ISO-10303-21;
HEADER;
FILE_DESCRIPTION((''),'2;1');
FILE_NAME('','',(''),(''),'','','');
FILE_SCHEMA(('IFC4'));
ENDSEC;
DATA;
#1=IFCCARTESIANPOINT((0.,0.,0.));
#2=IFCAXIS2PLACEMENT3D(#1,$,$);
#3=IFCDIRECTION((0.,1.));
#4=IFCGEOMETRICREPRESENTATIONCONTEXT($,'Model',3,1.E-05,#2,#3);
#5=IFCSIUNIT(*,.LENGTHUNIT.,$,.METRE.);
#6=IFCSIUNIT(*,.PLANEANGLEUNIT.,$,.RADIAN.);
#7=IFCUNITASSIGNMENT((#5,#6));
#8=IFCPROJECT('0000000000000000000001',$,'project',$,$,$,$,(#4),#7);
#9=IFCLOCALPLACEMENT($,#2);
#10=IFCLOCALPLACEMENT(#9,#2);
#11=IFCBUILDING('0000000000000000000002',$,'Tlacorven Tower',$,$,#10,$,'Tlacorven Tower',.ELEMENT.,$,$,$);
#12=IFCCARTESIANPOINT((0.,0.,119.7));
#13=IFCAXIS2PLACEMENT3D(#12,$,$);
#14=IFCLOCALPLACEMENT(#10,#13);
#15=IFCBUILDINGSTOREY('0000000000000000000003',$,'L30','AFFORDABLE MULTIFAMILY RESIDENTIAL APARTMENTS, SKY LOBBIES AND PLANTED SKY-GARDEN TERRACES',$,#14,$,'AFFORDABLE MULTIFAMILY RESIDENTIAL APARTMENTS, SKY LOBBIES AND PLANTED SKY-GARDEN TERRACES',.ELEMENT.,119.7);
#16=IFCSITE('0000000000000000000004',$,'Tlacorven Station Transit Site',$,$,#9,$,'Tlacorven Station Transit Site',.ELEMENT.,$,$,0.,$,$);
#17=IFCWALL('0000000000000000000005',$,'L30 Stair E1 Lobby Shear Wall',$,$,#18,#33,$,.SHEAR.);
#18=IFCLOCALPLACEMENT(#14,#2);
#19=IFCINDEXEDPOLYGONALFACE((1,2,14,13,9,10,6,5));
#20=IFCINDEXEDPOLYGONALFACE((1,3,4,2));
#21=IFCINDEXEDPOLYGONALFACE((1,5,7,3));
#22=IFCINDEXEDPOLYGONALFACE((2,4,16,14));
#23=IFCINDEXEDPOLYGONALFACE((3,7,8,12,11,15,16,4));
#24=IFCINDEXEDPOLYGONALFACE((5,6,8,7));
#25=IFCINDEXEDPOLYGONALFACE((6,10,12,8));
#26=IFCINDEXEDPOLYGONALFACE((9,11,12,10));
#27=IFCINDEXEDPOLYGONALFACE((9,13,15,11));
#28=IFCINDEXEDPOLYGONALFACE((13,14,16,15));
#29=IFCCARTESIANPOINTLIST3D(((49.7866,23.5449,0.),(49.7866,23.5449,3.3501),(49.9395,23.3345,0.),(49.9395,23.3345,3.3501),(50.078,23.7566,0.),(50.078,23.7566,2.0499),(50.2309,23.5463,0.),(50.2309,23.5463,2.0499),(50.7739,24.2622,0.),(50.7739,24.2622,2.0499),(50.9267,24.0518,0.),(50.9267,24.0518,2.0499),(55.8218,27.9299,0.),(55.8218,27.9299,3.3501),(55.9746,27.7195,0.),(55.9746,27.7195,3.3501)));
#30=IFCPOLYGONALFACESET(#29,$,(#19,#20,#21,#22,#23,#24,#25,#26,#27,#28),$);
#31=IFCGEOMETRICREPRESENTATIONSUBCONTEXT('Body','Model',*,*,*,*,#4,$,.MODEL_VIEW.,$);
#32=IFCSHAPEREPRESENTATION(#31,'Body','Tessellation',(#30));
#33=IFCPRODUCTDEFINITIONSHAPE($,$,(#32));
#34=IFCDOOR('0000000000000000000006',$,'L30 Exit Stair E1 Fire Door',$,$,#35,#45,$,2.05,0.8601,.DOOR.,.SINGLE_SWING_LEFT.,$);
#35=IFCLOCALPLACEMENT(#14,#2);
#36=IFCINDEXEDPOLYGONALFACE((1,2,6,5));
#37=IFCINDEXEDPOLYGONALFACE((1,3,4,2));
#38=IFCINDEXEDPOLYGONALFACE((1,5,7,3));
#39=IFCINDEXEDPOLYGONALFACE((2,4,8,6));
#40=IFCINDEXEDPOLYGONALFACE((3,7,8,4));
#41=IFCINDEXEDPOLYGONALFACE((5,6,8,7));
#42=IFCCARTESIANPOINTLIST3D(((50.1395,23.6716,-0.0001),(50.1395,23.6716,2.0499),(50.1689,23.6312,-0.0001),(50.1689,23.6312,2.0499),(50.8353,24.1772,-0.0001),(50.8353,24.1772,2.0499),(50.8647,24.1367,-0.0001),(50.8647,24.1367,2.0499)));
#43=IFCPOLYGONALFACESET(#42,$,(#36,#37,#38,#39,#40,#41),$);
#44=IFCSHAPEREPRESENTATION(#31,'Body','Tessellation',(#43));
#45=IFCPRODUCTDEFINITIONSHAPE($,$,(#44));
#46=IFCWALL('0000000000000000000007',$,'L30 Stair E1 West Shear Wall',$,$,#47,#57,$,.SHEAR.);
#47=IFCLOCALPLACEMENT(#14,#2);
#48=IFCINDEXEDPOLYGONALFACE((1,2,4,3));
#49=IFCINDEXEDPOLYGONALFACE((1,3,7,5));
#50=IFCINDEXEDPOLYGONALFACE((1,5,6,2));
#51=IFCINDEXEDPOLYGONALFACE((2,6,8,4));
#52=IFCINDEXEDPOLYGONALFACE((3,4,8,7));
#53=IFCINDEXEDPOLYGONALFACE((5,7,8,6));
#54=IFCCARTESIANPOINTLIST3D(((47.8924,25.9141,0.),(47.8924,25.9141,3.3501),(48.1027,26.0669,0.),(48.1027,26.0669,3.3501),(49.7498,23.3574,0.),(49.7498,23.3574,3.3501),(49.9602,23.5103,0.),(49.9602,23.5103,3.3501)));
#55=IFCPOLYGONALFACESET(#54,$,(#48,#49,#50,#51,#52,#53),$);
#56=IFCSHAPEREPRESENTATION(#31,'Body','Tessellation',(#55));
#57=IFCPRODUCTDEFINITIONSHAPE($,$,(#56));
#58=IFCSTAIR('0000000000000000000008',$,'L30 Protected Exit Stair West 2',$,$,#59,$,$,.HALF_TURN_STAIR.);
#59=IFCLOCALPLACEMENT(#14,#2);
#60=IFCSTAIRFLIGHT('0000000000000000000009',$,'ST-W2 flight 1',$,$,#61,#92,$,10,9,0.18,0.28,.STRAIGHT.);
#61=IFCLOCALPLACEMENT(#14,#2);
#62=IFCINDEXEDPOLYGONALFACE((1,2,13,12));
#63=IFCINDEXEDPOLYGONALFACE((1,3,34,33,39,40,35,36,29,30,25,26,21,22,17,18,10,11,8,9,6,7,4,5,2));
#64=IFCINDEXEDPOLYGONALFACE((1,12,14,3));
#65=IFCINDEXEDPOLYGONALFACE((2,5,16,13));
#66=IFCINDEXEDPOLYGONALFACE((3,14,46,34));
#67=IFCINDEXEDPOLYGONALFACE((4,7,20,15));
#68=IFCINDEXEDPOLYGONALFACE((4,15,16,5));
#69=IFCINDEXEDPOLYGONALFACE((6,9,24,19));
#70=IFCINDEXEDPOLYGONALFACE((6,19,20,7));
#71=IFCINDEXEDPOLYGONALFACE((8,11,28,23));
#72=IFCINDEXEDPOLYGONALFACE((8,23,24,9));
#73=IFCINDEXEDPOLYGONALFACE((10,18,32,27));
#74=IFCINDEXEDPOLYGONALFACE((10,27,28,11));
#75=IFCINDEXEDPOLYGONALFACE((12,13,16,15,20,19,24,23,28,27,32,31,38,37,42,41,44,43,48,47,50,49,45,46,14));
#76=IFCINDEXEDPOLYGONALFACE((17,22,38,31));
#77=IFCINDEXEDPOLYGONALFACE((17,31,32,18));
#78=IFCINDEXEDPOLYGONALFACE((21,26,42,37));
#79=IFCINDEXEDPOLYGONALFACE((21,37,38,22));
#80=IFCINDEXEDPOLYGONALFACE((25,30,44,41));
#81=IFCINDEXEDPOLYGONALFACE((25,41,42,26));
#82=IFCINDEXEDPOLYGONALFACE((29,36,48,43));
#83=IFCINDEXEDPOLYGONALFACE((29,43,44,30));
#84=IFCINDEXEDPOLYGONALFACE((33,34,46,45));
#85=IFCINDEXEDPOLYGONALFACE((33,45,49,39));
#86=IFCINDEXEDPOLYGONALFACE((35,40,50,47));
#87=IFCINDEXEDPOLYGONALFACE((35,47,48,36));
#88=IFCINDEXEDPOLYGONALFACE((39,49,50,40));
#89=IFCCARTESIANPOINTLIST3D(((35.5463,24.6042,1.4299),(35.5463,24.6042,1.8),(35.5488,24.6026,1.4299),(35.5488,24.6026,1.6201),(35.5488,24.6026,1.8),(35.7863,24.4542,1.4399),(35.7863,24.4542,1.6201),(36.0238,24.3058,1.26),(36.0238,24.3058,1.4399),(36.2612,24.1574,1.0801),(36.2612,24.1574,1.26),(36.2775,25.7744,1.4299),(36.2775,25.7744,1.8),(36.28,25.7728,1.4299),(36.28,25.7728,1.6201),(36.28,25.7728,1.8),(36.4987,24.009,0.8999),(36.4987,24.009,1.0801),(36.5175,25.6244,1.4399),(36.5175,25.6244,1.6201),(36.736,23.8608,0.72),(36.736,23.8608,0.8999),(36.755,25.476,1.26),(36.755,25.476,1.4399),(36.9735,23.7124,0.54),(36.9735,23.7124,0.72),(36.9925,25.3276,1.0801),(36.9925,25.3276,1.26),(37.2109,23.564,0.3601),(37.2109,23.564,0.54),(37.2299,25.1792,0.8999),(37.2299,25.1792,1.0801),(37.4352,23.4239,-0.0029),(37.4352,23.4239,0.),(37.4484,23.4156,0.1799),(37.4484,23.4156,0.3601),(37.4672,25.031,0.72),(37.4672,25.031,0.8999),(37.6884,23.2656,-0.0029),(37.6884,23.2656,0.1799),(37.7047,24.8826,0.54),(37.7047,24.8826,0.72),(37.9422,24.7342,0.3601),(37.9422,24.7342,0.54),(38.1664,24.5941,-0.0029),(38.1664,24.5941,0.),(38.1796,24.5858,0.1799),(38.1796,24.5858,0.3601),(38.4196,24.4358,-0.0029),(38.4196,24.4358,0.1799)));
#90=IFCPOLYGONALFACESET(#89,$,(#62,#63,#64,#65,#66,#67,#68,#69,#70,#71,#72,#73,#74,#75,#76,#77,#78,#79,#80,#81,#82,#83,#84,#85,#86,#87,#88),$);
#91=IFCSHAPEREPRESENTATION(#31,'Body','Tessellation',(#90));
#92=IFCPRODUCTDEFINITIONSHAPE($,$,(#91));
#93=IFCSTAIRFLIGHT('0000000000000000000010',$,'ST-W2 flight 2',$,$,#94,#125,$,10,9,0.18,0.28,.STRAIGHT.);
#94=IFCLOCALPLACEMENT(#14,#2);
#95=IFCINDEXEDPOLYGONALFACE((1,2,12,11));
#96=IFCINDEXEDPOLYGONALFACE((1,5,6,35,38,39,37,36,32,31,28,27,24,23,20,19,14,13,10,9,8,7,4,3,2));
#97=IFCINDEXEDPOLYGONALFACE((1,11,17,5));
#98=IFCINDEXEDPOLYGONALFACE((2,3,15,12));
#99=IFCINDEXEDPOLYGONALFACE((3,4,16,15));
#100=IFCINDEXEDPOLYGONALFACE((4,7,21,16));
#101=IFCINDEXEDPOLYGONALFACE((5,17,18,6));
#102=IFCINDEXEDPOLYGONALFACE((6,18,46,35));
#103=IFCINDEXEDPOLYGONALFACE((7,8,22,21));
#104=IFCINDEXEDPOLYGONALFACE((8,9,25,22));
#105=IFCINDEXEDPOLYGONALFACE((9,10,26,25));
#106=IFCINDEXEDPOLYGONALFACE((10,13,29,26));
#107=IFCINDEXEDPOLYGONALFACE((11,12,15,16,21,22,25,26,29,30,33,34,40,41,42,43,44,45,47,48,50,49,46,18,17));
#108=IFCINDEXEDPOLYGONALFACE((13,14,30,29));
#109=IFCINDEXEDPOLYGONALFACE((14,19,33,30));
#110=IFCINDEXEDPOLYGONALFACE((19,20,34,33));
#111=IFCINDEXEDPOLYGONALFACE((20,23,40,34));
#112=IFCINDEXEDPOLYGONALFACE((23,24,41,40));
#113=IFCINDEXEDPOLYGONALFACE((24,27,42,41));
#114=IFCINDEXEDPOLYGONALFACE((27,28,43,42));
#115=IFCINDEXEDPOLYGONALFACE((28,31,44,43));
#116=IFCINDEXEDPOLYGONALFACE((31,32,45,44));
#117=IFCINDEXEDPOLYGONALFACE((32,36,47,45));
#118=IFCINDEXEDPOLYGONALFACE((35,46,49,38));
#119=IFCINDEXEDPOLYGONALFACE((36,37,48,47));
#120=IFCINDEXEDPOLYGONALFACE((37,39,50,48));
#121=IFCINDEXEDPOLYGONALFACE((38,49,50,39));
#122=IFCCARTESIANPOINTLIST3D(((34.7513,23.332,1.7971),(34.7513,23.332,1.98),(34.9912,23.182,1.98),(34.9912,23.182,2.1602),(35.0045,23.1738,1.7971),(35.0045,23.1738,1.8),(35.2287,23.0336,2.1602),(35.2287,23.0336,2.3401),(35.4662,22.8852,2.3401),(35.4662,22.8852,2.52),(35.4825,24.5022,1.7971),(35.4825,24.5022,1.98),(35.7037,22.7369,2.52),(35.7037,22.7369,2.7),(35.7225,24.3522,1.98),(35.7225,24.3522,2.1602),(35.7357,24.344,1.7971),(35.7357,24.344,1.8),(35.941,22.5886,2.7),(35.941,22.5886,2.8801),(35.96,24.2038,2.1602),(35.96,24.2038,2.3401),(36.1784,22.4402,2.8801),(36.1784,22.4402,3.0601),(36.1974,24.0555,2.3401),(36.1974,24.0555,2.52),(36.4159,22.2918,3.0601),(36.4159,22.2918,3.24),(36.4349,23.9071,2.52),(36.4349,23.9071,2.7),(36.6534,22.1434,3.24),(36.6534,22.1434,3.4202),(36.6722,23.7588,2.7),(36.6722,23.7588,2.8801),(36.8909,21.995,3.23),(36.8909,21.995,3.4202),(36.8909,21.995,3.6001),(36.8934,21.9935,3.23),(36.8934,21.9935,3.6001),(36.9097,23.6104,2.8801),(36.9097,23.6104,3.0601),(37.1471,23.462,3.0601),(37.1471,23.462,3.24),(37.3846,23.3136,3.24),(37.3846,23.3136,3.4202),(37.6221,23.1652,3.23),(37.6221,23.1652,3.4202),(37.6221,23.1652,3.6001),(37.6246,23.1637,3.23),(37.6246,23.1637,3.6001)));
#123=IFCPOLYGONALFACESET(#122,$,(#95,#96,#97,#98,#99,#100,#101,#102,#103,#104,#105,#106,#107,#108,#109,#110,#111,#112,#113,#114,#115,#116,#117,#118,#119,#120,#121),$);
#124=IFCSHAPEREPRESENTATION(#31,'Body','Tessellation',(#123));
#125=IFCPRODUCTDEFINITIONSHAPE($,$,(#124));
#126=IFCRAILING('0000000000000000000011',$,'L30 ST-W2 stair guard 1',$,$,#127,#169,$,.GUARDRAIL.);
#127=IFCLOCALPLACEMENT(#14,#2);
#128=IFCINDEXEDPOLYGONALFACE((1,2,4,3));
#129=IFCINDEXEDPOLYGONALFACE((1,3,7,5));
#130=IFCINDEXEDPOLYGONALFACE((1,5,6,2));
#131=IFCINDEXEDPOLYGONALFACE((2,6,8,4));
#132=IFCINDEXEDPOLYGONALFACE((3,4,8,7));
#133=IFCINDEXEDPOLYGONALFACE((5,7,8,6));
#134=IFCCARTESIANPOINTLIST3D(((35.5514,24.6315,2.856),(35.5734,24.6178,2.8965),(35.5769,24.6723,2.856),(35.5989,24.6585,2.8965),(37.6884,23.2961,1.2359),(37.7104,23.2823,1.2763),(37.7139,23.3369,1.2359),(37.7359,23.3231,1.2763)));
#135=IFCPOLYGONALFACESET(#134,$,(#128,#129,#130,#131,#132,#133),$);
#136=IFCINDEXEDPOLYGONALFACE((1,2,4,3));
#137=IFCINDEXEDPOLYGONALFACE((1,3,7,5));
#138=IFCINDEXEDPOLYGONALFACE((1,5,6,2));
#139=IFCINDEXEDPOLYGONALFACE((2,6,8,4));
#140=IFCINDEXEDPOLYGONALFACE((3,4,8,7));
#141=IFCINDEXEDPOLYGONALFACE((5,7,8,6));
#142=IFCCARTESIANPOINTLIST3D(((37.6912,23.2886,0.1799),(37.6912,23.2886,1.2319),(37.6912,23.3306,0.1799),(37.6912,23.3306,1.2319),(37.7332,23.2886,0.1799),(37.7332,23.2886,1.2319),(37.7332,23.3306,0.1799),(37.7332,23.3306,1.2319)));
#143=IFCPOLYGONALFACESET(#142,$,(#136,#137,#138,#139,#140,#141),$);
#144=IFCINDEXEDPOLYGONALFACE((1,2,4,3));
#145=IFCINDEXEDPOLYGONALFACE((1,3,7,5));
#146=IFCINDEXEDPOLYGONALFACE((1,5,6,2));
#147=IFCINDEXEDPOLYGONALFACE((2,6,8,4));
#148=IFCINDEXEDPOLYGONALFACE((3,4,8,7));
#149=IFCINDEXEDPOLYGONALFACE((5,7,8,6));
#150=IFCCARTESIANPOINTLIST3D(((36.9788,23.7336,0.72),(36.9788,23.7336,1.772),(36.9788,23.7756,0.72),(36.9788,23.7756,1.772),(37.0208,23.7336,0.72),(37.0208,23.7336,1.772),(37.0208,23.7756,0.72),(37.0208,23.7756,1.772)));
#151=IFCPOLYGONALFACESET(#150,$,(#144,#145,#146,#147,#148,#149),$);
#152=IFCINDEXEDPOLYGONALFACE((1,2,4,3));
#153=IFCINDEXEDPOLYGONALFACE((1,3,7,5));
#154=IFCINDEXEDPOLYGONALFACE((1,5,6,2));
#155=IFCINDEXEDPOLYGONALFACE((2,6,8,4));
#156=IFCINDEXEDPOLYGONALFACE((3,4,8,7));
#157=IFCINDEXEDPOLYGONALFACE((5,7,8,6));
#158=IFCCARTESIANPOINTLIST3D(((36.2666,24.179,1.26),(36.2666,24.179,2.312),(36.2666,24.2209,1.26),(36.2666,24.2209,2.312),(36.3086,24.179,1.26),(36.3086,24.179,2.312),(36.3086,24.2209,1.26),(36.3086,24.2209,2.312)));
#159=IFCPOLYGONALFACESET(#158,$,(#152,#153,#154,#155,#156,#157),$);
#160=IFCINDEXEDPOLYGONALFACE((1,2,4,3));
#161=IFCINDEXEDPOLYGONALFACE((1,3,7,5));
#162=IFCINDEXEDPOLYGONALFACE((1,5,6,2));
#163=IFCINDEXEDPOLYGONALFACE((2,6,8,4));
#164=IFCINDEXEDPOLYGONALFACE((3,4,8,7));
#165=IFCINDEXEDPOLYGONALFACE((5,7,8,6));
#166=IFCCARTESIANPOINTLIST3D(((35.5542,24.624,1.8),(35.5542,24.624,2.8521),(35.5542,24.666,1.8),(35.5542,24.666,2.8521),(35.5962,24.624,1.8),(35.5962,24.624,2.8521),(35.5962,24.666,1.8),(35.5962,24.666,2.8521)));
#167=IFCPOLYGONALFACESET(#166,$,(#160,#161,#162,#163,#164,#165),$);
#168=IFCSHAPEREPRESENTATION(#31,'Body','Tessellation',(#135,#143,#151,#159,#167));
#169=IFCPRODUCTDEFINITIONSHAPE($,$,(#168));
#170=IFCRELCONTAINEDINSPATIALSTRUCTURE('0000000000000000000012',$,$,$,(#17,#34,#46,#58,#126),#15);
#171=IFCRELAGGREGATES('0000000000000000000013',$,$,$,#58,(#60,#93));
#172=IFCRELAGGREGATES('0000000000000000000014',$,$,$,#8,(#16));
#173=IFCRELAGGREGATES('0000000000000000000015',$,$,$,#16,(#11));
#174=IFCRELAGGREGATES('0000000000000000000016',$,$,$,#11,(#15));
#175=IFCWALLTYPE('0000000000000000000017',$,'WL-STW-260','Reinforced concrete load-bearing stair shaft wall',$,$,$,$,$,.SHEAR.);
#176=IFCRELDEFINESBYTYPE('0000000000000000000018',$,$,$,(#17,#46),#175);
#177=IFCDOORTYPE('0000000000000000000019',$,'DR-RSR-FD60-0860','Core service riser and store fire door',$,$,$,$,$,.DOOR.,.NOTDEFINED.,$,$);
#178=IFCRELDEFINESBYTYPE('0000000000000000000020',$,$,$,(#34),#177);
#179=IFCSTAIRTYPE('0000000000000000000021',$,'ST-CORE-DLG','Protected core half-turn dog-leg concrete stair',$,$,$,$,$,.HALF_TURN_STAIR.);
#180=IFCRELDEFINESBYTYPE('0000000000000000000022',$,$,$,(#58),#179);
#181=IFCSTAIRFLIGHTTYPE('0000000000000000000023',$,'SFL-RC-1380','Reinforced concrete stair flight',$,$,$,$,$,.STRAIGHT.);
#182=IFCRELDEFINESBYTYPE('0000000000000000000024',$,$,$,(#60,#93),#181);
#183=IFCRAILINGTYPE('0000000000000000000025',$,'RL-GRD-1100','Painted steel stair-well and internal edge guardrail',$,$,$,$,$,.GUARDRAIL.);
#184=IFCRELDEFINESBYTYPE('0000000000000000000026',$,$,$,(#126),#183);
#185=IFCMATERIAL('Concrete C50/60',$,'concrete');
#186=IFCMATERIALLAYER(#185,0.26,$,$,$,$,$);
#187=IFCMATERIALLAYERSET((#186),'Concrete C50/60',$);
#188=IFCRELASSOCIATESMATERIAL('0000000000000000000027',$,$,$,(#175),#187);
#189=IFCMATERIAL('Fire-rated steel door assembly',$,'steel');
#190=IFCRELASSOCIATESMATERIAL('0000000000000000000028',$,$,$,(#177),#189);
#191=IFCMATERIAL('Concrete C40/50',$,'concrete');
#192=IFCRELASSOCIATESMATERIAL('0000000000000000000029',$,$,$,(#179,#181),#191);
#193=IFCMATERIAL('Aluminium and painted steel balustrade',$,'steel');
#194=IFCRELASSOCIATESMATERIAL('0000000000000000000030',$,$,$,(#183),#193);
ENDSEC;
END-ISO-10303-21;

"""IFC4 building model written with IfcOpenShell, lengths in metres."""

from ifc_helpers import new_model, si_unit, direction, frame, frame_2d, origin, origin_2d, place, context, subcontext, project, spatial, polyline, rectangle, outline, extrude, source, transform, mapped, material, layer, layer_set, type_object, element, fill, aggregate, save


model = new_model("IFC4")

# Units and contexts
model_context = context("Model", 3, precision=1e-05, world=origin(), true_north=direction((0.0, 1.0)))
body_context = subcontext(model_context, "Body", "Model", "MODEL_VIEW")
ifc_project = project(units=[si_unit("LENGTHUNIT", "METRE"), si_unit("PLANEANGLEUNIT", "RADIAN")], contexts=[model_context])

# Site, building, storey
site_placement = place(None, origin())
site = spatial("IfcSite", under=ifc_project, at=site_placement, Name="Tlacorven Station Transit Site", LongName="Tlacorven Station Transit Site", CompositionType="ELEMENT", RefElevation=0.0)
building_placement = place(site_placement, origin())
building = spatial("IfcBuilding", under=site, at=building_placement, Name="Tlacorven Tower", LongName="Tlacorven Tower", CompositionType="ELEMENT")
storey_placement = place(building_placement, frame((0.0, 0.0, 119.7)))
storey = spatial("IfcBuildingStorey", under=building, at=storey_placement, Name="L30", Description="AFFORDABLE MULTIFAMILY RESIDENTIAL APARTMENTS, SKY LOBBIES AND PLANTED SKY-GARDEN TERRACES", LongName="AFFORDABLE MULTIFAMILY RESIDENTIAL APARTMENTS, SKY LOBBIES AND PLANTED SKY-GARDEN TERRACES", CompositionType="ELEMENT", Elevation=119.7)

# Shared definitions
ifc_material_1 = material(Name="Concrete C40/50", Category="concrete")
ifc_material_2 = material(Name="Concrete C50/60", Category="concrete")
ifc_layer_1 = layer(ifc_material_2, 0.26)
ifc_layer_set_1 = layer_set([ifc_layer_1], Name="Concrete C50/60")
wall_type_1 = type_object("IfcWallType", Name="WL-STW-260", Description="Reinforced concrete load-bearing stair shaft wall", PredefinedType="SHEAR", material=ifc_layer_set_1)

# Wall, opening, door
wall_1_placement = place(storey_placement, frame((49.863, 23.4397, 0.0), z_axis=(0.0, 0.0, 1.0), x_axis=(0.809003, 0.587804, 0.0)))
wall_1 = element("IfcWall", 1, at=wall_1_placement, inside=storey, type_object=wall_type_1, Name="L30 Stair E1 Lobby Shear Wall", PredefinedType="SHEAR", context=body_context, shape_type="SweptSolid", body=[
    extrude(rectangle(XDim=7.46, YDim=0.26, at=frame_2d((3.73, 0.0))), origin(), (0.0, 0.0, 1.0), 3.3501),
])
opening_placement = place(wall_1_placement, frame((0.3601, 0.0, 0.0)))
opening = element("IfcOpeningElement", 2, at=opening_placement, cuts=wall_1, PredefinedType="OPENING", context=body_context, shape_type="SweptSolid", body=[
    extrude(rectangle(XDim=0.8601, YDim=2.05, at=frame_2d((0.4302, 1.0249))), frame((0.0, 0.1401, 0.0), z_axis=(0.0, -1.0, 0.0), x_axis=(1.0, 0.0, 0.0)), (0.0, 0.0, 1.0), 0.28),
])
ifc_material_3 = material(Name="Fire-rated steel door assembly", Category="steel")
door_type = type_object("IfcDoorType", Name="DR-RSR-FD60-0860", Description="Core service riser and store fire door", OperationType="NOTDEFINED", PredefinedType="DOOR", material=ifc_material_3)
shared_shape_1 = source(origin(), body_context, "Body", "SweptSolid", [
    extrude(rectangle(XDim=0.8601, YDim=2.05, at=frame_2d((0.4302, 1.0249))), frame((0.0, 0.0249, 0.0), z_axis=(0.0, -1.0, 0.0), x_axis=(1.0, 0.0, 0.0)), (0.0, 0.0, 1.0), 0.05),
])
door_placement = place(opening_placement, frame((0.8601, 0.0, 0.0), z_axis=(0.0, 0.0, 1.0), x_axis=(-1.0, 0.0, 0.0)))
door = element("IfcDoor", 3, at=door_placement, inside=storey, type_object=door_type, Name="L30 Exit Stair E1 Fire Door", OperationType="SINGLE_SWING_LEFT", OverallHeight=2.05, OverallWidth=0.8601, PredefinedType="DOOR", context=body_context, shape_type="MappedRepresentation", body=[
    mapped(shared_shape_1, transform((0.0, 0.0, 0.0), scale=1.0)),
])
fill(opening, door)

# Wall
wall_2_placement = place(storey_placement, frame((49.855, 23.4338, 0.0), z_axis=(0.0, 0.0, 1.0), x_axis=(-0.587767, 0.80903, 0.0)))
element("IfcWall", 4, at=wall_2_placement, inside=storey, type_object=wall_type_1, Name="L30 Stair E1 West Shear Wall", PredefinedType="SHEAR", context=body_context, shape_type="SweptSolid", body=[
    extrude(rectangle(XDim=3.1602, YDim=0.26, at=frame_2d((1.5801, 0.0))), origin(), (0.0, 0.0, 1.0), 3.3501),
])

# Stair, stair flights
stair_type = type_object("IfcStairType", Name="ST-CORE-DLG", Description="Protected core half-turn dog-leg concrete stair", PredefinedType="HALF_TURN_STAIR", material=ifc_material_1)
stair_placement = place(storey_placement, origin())
stair = element("IfcStair", 5, at=stair_placement, inside=storey, type_object=stair_type, Name="L30 Protected Exit Stair West 2", PredefinedType="HALF_TURN_STAIR")
stair_flight_type = type_object("IfcStairFlightType", Name="SFL-RC-1380", Description="Reinforced concrete stair flight", PredefinedType="STRAIGHT", material=ifc_material_1)
shared_shape_2 = source(origin(), body_context, "Body", "SweptSolid", [
    extrude(outline(polyline([(-0.0029, -0.0029), (-0.0029, 0.1799), (0.28, 0.1799), (0.28, 0.3601), (0.5601, 0.3601), (0.5601, 0.54), (0.8401, 0.54), (0.8401, 0.72), (1.1201, 0.72), (1.1201, 0.8999), (1.3999, 0.8999), (1.3999, 1.0801), (1.6799, 1.0801), (1.6799, 1.26), (1.96, 1.26), (1.96, 1.4399), (2.24, 1.4399), (2.24, 1.6201), (2.52, 1.6201), (2.52, 1.8), (2.5229, 1.8), (2.5229, 1.4299), (2.52, 1.4299), (0.2957, 0.0), (0.2957, -0.0029), (-0.0029, -0.0029)])), frame((0.0, 0.6899, 0.0), z_axis=(0.0, -1.0, 0.0), x_axis=(1.0, 0.0, 0.0)), (0.0, 0.0, 1.0), 1.3799),
])
stair_flight_1_placement = place(storey_placement, frame((38.0515, 23.8523, 0.0), z_axis=(0.0, 0.0, 1.0), x_axis=(-0.848048, 0.529919, 0.0)))
stair_flight_1 = element("IfcStairFlight", 6, at=stair_flight_1_placement, type_object=stair_flight_type, Name="ST-W2 flight 1", NumberOfRisers=10, NumberOfTreads=9, PredefinedType="STRAIGHT", RiserHeight=0.18, TreadLength=0.28, context=body_context, shape_type="MappedRepresentation", body=[
    mapped(shared_shape_2, transform((0.0, 0.0, 0.0), scale=1.0)),
])
stair_flight_2_placement = place(storey_placement, frame((35.1194, 23.9155, 1.8), z_axis=(0.0, 0.0, 1.0), x_axis=(0.848048, -0.529919, 0.0)))
stair_flight_2 = element("IfcStairFlight", 7, at=stair_flight_2_placement, type_object=stair_flight_type, Name="ST-W2 flight 2", NumberOfRisers=10, NumberOfTreads=9, PredefinedType="STRAIGHT", RiserHeight=0.18, TreadLength=0.28, context=body_context, shape_type="MappedRepresentation", body=[
    mapped(shared_shape_2, transform((0.0, 0.0, 0.0), scale=1.0)),
])
aggregate(stair, [stair_flight_1, stair_flight_2])

# Railing
ifc_material_4 = material(Name="Aluminium and painted steel balustrade", Category="steel")
railing_type_1 = type_object("IfcRailingType", Name="RL-GRD-1100", Description="Painted steel stair-well and internal edge guardrail", PredefinedType="GUARDRAIL", material=ifc_material_4)
shared_shape_3 = source(origin(), body_context, "Body", "SweptSolid", [
    extrude(rectangle(XDim=0.0481, YDim=0.0481, at=origin_2d()), frame((0.0, 0.0, 1.0762), z_axis=(-0.71332, 0.445774, 0.540796), x_axis=(-0.529955, -0.848026, 0.0)), (0.0, 0.0, 1.0), 2.9958),
    extrude(rectangle(XDim=0.042, YDim=0.042, at=origin_2d()), origin(), (0.0, 0.0, 1.0), 1.052),
    extrude(rectangle(XDim=0.042, YDim=0.042, at=origin_2d()), frame((-0.7124, 0.4451, 0.54)), (0.0, 0.0, 1.0), 1.052),
    extrude(rectangle(XDim=0.042, YDim=0.042, at=origin_2d()), frame((-1.4246, 0.8904, 1.0801)), (0.0, 0.0, 1.0), 1.052),
    extrude(rectangle(XDim=0.042, YDim=0.042, at=origin_2d()), frame((-2.137, 1.3354, 1.6201)), (0.0, 0.0, 1.0), 1.052),
])
railing_1_placement = place(storey_placement, frame((37.7122, 23.3096, 0.1799)))
element("IfcRailing", 8, at=railing_1_placement, inside=storey, type_object=railing_type_1, Name="L30 ST-W2 stair guard 1", PredefinedType="GUARDRAIL", context=body_context, shape_type="MappedRepresentation", body=[
    mapped(shared_shape_3, transform((0.0, 0.0, 0.0), scale=1.0)),
])

save(model, "model.ifc")
